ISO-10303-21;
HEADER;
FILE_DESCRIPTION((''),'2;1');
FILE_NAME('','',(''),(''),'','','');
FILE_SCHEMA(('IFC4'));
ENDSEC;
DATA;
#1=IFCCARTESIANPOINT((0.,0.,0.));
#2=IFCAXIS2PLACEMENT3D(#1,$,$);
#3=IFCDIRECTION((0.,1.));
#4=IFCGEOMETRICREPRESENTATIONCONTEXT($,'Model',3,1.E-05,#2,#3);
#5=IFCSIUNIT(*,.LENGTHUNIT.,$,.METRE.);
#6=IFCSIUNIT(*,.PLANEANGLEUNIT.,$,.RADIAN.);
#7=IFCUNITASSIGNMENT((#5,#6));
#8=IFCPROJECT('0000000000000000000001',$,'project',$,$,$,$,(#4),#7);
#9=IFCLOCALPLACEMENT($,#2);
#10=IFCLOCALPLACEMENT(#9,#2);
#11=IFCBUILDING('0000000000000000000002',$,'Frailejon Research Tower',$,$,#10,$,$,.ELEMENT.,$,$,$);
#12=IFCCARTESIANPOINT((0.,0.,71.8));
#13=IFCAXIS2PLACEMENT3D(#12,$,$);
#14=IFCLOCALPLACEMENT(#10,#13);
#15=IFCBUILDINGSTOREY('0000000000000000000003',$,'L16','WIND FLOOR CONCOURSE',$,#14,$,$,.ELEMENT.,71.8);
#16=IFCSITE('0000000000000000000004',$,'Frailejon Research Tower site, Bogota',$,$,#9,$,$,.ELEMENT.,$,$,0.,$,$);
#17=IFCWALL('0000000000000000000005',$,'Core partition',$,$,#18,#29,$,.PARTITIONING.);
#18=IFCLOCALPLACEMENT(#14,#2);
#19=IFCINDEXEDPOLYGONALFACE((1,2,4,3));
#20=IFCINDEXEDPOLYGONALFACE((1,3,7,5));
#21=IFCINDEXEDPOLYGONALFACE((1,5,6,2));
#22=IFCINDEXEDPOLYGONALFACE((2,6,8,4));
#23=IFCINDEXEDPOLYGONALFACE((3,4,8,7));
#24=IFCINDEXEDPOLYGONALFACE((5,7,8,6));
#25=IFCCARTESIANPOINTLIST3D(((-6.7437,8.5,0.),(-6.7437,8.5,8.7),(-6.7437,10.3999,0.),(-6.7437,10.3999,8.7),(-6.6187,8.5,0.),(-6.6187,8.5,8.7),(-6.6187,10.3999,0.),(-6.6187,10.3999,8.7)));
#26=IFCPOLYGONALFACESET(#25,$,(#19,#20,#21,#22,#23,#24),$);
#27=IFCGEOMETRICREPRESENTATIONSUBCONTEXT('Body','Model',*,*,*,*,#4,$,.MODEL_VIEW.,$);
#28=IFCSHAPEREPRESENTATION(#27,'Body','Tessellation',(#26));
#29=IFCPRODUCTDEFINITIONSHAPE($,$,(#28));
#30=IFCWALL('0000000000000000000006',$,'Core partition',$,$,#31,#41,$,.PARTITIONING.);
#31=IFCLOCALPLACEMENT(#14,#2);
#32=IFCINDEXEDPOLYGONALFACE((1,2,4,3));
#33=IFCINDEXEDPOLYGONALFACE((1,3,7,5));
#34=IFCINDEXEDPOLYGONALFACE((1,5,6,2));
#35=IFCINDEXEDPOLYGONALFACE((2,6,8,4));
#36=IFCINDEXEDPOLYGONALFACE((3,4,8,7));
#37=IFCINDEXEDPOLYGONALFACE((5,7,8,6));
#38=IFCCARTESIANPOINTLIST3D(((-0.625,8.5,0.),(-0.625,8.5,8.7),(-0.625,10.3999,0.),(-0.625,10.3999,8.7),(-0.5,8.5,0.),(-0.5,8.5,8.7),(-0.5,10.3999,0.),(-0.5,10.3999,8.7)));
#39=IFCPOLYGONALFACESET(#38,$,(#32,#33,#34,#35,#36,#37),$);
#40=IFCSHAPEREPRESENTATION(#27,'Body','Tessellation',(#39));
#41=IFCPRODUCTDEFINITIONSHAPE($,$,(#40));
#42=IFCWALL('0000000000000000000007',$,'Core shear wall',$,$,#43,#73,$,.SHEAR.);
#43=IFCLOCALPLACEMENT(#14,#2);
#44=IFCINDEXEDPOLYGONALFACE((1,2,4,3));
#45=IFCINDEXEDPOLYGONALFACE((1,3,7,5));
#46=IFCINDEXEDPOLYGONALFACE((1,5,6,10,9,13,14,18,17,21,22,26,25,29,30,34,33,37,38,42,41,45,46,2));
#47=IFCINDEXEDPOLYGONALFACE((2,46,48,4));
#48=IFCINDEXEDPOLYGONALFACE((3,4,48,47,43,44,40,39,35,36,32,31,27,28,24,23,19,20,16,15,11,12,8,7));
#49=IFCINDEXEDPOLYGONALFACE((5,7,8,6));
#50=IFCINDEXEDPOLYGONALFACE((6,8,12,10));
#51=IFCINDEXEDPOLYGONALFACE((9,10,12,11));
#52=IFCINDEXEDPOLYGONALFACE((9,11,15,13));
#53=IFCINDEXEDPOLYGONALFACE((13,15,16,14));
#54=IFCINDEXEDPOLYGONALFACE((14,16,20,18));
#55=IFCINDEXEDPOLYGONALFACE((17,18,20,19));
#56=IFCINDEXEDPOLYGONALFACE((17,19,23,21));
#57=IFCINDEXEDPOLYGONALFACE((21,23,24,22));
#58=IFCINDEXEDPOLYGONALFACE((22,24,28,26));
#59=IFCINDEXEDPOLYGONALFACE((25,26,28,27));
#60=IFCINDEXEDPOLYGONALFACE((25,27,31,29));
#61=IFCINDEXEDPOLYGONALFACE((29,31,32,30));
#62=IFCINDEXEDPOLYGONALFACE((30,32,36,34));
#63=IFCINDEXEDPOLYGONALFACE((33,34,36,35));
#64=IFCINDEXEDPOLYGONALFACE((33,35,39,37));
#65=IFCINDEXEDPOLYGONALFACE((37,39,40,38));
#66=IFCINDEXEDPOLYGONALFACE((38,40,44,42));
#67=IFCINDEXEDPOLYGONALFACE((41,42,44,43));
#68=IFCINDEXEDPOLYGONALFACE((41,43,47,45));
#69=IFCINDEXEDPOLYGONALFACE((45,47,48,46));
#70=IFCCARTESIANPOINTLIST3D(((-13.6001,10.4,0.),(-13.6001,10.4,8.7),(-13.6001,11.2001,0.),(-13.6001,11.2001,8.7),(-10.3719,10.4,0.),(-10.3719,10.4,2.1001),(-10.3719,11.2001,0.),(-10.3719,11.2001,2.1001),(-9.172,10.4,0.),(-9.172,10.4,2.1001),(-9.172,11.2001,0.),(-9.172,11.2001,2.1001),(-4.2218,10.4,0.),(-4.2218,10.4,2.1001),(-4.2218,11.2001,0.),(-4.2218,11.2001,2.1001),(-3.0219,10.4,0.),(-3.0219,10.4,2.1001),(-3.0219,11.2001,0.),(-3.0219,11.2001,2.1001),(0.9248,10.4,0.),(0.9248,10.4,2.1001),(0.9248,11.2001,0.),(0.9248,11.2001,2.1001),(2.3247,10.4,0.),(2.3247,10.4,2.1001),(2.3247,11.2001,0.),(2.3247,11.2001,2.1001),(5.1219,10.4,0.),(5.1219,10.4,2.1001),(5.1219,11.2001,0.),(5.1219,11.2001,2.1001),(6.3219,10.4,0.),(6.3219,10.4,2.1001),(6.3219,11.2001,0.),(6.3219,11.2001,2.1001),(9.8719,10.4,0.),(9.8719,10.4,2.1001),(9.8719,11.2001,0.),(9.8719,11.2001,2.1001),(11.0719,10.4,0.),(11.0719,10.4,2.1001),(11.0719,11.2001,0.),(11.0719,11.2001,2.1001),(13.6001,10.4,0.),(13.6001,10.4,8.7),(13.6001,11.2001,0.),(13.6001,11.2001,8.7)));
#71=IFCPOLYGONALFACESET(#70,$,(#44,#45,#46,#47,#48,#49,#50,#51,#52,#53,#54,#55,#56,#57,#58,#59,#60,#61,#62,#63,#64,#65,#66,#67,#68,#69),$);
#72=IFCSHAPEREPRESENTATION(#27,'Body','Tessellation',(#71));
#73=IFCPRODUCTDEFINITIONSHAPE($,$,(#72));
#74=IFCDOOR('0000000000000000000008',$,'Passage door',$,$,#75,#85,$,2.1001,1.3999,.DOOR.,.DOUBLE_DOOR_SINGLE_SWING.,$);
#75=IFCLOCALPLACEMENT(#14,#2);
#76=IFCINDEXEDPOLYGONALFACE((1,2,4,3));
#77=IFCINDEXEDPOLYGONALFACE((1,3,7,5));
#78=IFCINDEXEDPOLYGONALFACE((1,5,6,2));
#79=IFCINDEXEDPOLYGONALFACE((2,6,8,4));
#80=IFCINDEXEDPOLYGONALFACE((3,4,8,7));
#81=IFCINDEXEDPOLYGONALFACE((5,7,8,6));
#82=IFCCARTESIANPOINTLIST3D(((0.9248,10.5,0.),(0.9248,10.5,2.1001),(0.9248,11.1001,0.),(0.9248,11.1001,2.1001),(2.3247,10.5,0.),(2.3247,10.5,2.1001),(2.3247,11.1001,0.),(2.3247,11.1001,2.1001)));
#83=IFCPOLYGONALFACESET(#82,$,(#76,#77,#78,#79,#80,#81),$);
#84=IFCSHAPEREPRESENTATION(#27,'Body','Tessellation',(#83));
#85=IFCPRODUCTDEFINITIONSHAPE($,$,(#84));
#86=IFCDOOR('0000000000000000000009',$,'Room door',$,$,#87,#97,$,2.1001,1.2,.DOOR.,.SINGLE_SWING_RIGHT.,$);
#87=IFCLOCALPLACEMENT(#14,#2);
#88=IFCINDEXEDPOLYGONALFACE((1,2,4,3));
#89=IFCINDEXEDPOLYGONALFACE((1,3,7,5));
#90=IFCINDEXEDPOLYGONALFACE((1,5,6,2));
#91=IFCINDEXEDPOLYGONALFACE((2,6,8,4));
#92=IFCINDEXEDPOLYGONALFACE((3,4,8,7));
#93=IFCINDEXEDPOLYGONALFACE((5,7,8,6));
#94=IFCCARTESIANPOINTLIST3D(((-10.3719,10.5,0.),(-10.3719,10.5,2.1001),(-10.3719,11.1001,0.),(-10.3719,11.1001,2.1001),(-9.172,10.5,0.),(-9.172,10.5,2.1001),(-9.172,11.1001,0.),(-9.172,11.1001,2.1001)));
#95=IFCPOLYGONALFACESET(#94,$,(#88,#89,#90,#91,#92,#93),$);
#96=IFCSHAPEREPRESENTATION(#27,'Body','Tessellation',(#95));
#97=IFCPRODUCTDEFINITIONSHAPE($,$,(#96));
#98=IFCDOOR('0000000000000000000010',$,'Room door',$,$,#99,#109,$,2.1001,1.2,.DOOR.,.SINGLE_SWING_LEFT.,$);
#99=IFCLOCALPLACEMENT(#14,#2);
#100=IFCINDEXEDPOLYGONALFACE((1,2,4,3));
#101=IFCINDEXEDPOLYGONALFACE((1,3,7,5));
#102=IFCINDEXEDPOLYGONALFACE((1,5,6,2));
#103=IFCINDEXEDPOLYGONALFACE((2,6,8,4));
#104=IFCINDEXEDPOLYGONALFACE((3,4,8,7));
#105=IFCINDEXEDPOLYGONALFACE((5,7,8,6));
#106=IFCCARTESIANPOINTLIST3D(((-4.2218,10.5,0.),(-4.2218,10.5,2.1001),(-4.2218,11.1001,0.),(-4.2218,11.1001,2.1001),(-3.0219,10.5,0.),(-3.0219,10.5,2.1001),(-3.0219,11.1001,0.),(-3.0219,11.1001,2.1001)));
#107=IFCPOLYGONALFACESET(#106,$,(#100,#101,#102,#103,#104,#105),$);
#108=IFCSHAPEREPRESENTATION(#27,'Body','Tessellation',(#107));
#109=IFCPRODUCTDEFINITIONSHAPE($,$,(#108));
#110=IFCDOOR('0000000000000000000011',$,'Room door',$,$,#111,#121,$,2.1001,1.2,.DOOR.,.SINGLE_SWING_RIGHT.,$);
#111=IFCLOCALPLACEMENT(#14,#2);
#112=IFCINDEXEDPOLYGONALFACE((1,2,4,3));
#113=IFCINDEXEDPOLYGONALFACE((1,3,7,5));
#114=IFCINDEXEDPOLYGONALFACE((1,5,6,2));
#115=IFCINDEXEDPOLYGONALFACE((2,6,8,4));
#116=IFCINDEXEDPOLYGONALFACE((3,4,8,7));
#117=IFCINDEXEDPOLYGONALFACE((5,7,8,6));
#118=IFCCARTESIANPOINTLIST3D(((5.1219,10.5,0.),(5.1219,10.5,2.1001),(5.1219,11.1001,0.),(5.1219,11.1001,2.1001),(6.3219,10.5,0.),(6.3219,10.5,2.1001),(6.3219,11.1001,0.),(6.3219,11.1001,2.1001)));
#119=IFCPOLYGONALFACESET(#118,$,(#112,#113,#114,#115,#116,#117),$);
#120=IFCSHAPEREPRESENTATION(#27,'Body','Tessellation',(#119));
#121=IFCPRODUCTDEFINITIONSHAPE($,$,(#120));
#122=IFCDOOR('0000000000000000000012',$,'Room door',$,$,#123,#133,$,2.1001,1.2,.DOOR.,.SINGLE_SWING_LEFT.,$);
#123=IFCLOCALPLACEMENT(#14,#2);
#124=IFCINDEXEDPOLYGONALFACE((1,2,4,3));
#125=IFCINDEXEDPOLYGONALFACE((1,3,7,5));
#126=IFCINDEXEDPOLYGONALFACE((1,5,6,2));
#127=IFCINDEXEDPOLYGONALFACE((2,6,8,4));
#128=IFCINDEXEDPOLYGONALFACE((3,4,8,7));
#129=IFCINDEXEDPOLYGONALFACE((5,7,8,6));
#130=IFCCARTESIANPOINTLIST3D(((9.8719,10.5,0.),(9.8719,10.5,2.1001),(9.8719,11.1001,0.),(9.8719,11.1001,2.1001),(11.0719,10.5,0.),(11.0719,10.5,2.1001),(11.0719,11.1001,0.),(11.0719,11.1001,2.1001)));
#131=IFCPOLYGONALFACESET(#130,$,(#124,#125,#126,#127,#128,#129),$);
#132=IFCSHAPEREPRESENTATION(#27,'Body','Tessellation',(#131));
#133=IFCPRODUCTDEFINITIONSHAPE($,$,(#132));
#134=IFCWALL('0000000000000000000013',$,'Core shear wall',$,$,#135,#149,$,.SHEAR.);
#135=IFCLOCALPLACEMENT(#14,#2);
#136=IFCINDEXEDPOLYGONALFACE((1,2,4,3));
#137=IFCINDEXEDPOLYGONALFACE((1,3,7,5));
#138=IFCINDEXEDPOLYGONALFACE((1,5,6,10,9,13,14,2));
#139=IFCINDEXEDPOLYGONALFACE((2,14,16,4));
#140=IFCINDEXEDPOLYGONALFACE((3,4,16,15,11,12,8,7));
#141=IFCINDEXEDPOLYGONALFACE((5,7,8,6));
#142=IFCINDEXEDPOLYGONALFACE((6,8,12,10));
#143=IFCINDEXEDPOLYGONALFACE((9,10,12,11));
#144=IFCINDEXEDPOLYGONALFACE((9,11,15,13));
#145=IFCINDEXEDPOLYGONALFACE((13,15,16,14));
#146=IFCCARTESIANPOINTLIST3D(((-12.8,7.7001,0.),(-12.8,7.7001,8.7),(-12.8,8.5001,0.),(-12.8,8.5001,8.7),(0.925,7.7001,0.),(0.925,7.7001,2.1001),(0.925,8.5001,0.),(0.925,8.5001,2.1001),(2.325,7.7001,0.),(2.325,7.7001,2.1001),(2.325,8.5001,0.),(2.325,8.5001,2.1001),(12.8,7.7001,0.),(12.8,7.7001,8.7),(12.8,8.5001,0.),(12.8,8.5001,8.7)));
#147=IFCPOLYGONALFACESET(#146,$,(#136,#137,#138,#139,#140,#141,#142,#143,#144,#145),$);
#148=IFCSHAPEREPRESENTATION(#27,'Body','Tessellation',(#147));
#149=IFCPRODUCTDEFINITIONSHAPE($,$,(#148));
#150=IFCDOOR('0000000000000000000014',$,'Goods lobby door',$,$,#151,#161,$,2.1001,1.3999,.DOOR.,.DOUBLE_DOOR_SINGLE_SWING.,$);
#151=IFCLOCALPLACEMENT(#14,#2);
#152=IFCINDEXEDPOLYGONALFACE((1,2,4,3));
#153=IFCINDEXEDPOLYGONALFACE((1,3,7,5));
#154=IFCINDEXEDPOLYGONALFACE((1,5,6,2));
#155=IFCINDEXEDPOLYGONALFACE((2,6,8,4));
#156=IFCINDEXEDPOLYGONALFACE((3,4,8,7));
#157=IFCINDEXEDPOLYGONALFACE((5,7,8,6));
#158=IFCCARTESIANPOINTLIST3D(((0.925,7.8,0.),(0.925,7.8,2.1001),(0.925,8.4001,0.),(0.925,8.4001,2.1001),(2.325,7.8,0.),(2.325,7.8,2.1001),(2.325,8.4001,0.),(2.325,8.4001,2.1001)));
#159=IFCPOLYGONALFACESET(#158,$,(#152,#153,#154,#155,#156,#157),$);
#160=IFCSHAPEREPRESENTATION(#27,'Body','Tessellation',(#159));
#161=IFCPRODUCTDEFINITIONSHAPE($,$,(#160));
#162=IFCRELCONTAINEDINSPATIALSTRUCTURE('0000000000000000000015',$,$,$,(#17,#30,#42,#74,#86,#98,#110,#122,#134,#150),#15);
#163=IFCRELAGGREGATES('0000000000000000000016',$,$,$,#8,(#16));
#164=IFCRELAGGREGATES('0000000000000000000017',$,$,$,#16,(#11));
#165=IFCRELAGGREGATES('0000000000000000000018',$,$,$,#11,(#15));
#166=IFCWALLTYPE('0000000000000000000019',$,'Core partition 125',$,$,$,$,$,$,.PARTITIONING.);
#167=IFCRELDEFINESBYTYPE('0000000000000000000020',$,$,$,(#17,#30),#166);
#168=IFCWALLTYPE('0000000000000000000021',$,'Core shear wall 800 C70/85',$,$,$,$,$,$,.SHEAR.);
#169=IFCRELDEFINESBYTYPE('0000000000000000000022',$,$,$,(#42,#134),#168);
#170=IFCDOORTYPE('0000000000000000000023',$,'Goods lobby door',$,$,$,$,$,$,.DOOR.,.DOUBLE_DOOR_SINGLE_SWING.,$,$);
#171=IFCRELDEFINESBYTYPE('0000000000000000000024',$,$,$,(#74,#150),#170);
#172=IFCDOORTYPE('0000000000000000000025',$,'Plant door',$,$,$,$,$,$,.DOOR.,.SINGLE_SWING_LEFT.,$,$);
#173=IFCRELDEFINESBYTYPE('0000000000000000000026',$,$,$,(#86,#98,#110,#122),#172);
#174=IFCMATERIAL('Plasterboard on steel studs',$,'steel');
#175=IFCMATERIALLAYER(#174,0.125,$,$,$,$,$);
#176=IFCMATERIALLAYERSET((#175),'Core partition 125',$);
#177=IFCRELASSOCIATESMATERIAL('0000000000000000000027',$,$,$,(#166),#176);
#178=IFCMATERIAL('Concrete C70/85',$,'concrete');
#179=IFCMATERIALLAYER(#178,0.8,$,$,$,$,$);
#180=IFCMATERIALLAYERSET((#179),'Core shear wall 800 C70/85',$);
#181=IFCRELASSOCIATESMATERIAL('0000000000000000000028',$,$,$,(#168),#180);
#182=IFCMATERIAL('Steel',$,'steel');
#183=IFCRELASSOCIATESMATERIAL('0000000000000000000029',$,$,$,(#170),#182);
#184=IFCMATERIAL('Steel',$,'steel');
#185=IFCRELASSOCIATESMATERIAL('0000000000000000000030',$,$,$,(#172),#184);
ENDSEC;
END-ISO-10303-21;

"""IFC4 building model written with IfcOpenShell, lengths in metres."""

from ifc_helpers import new_model, si_unit, direction, frame, frame_2d, origin, place, context, subcontext, project, spatial, rectangle, extrude, material, layer, layer_set, type_object, element, fill, save


model = new_model("IFC4")

# Units and contexts
model_context = context("Model", 3, precision=1e-05, world=origin(), true_north=direction((0.0, 1.0)))
body_context = subcontext(model_context, "Body", "Model", "MODEL_VIEW")
ifc_project = project(units=[si_unit("LENGTHUNIT", "METRE"), si_unit("PLANEANGLEUNIT", "RADIAN")], contexts=[model_context])

# Site, building, storey
site_placement = place(None, origin())
site = spatial("IfcSite", under=ifc_project, at=site_placement, Name="Frailejon Research Tower site, Bogota", CompositionType="ELEMENT", RefElevation=0.0)
building_placement = place(site_placement, origin())
building = spatial("IfcBuilding", under=site, at=building_placement, Name="Frailejon Research Tower", CompositionType="ELEMENT")
storey_placement = place(building_placement, frame((0.0, 0.0, 71.8)))
storey = spatial("IfcBuildingStorey", under=building, at=storey_placement, Name="L16", Description="WIND FLOOR CONCOURSE", CompositionType="ELEMENT", Elevation=71.8)

# Walls
ifc_material_1 = material(Name="Plasterboard on steel studs", Category="steel")
ifc_layer_1 = layer(ifc_material_1, 0.125)
ifc_layer_set_1 = layer_set([ifc_layer_1], Name="Core partition 125")
wall_type_1 = type_object("IfcWallType", Name="Core partition 125", PredefinedType="PARTITIONING", material=ifc_layer_set_1)
for number, where, z_axis, x_axis, name in (
    (1, (-6.6812, 8.5, 0.0), (0.0, 0.0, 1.0), (0.0, 1.0, 0.0), "Core partition"),
    (2, (-0.5625, 8.5, 0.0), (0.0, 0.0, 1.0), (0.0, 1.0, 0.0), "Core partition"),
):
    element("IfcWall", number, at=place(storey_placement, frame(where, z_axis=z_axis, x_axis=x_axis)), inside=storey, type_object=wall_type_1, Name=name, PredefinedType="PARTITIONING", context=body_context, shape_type="SweptSolid", body=[
        extrude(rectangle(XDim=1.8999, YDim=0.125, at=frame_2d((0.95, 0.0))), origin(), (0.0, 0.0, 1.0), 8.7),
    ])

# Wall, openings, doors
ifc_material_2 = material(Name="Concrete C70/85", Category="concrete")
ifc_layer_2 = layer(ifc_material_2, 0.8)
ifc_layer_set_2 = layer_set([ifc_layer_2], Name="Core shear wall 800 C70/85")
wall_type_2 = type_object("IfcWallType", Name="Core shear wall 800 C70/85", PredefinedType="SHEAR", material=ifc_layer_set_2)
wall_1_placement = place(storey_placement, frame((-13.6001, 10.8, 0.0), z_axis=(0.0, 0.0, 1.0), x_axis=(1.0, 0.0, 0.0)))
wall_1 = element("IfcWall", 3, at=wall_1_placement, inside=storey, type_object=wall_type_2, Name="Core shear wall", PredefinedType="SHEAR", context=body_context, shape_type="SweptSolid", body=[
    extrude(rectangle(XDim=27.2002, YDim=0.8, at=frame_2d((13.6001, 0.0))), origin(), (0.0, 0.0, 1.0), 8.7),
])
opening_1_placement = place(wall_1_placement, frame((3.228, 0.0, 0.0)))
opening_1 = element("IfcOpeningElement", 4, at=opening_1_placement, cuts=wall_1, PredefinedType="OPENING", context=body_context, shape_type="SweptSolid", body=[
    extrude(rectangle(XDim=1.2, YDim=2.1001, at=frame_2d((0.6001, 1.05))), frame((0.0, 0.4099, 0.0), z_axis=(0.0, -1.0, 0.0), x_axis=(1.0, 0.0, 0.0)), (0.0, 0.0, 1.0), 0.8201),
])
opening_2_placement = place(wall_1_placement, frame((9.3782, 0.0, 0.0)))
opening_2 = element("IfcOpeningElement", 5, at=opening_2_placement, cuts=wall_1, PredefinedType="OPENING", context=body_context, shape_type="SweptSolid", body=[
    extrude(rectangle(XDim=1.2, YDim=2.1001, at=frame_2d((0.6001, 1.05))), frame((0.0, 0.4099, 0.0), z_axis=(0.0, -1.0, 0.0), x_axis=(1.0, 0.0, 0.0)), (0.0, 0.0, 1.0), 0.8201),
])
opening_3_placement = place(wall_1_placement, frame((18.7219, 0.0, 0.0)))
opening_3 = element("IfcOpeningElement", 6, at=opening_3_placement, cuts=wall_1, PredefinedType="OPENING", context=body_context, shape_type="SweptSolid", body=[
    extrude(rectangle(XDim=1.2, YDim=2.1001, at=frame_2d((0.6001, 1.05))), frame((0.0, 0.4099, 0.0), z_axis=(0.0, -1.0, 0.0), x_axis=(1.0, 0.0, 0.0)), (0.0, 0.0, 1.0), 0.8201),
])
opening_4_placement = place(wall_1_placement, frame((23.4719, 0.0, 0.0)))
opening_4 = element("IfcOpeningElement", 7, at=opening_4_placement, cuts=wall_1, PredefinedType="OPENING", context=body_context, shape_type="SweptSolid", body=[
    extrude(rectangle(XDim=1.2, YDim=2.1001, at=frame_2d((0.6001, 1.05))), frame((0.0, 0.4099, 0.0), z_axis=(0.0, -1.0, 0.0), x_axis=(1.0, 0.0, 0.0)), (0.0, 0.0, 1.0), 0.8201),
])
opening_5_placement = place(wall_1_placement, frame((14.5249, 0.0, 0.0)))
opening_5 = element("IfcOpeningElement", 8, at=opening_5_placement, cuts=wall_1, PredefinedType="OPENING", context=body_context, shape_type="SweptSolid", body=[
    extrude(rectangle(XDim=1.3999, YDim=2.1001, at=frame_2d((0.7, 1.05))), frame((0.0, 0.4099, 0.0), z_axis=(0.0, -1.0, 0.0), x_axis=(1.0, 0.0, 0.0)), (0.0, 0.0, 1.0), 0.8201),
])
ifc_material_3 = material(Name="Steel", Category="steel")
door_type_1 = type_object("IfcDoorType", Name="Goods lobby door", OperationType="DOUBLE_DOOR_SINGLE_SWING", PredefinedType="DOOR", material=ifc_material_3)
door_1_placement = place(opening_5_placement, origin())
door_1 = element("IfcDoor", 9, at=door_1_placement, inside=storey, type_object=door_type_1, Name="Passage door", OperationType="DOUBLE_DOOR_SINGLE_SWING", OverallHeight=2.1001, OverallWidth=1.3999, PredefinedType="DOOR", context=body_context, shape_type="SweptSolid", body=[
    extrude(rectangle(XDim=1.3999, YDim=2.1001, at=frame_2d((0.7, 1.05))), frame((0.0, 0.3, 0.0), z_axis=(0.0, -1.0, 0.0), x_axis=(1.0, 0.0, 0.0)), (0.0, 0.0, 1.0), 0.6001),
])
fill(opening_5, door_1)
ifc_material_4 = material(Name="Steel", Category="steel")
door_type_2 = type_object("IfcDoorType", Name="Plant door", OperationType="SINGLE_SWING_LEFT", PredefinedType="DOOR", material=ifc_material_4)
door_2_placement = place(opening_1_placement, origin())
door_2 = element("IfcDoor", 10, at=door_2_placement, inside=storey, type_object=door_type_2, Name="Room door", OperationType="SINGLE_SWING_RIGHT", OverallHeight=2.1001, OverallWidth=1.2, PredefinedType="DOOR", context=body_context, shape_type="SweptSolid", body=[
    extrude(rectangle(XDim=1.2, YDim=2.1001, at=frame_2d((0.6001, 1.05))), frame((0.0, 0.3, 0.0), z_axis=(0.0, -1.0, 0.0), x_axis=(1.0, 0.0, 0.0)), (0.0, 0.0, 1.0), 0.6001),
])
fill(opening_1, door_2)
door_3_placement = place(opening_2_placement, origin())
door_3 = element("IfcDoor", 11, at=door_3_placement, inside=storey, type_object=door_type_2, Name="Room door", OperationType="SINGLE_SWING_LEFT", OverallHeight=2.1001, OverallWidth=1.2, PredefinedType="DOOR", context=body_context, shape_type="SweptSolid", body=[
    extrude(rectangle(XDim=1.2, YDim=2.1001, at=frame_2d((0.6001, 1.05))), frame((0.0, 0.3, 0.0), z_axis=(0.0, -1.0, 0.0), x_axis=(1.0, 0.0, 0.0)), (0.0, 0.0, 1.0), 0.6001),
])
fill(opening_2, door_3)
door_4_placement = place(opening_3_placement, origin())
door_4 = element("IfcDoor", 12, at=door_4_placement, inside=storey, type_object=door_type_2, Name="Room door", OperationType="SINGLE_SWING_RIGHT", OverallHeight=2.1001, OverallWidth=1.2, PredefinedType="DOOR", context=body_context, shape_type="SweptSolid", body=[
    extrude(rectangle(XDim=1.2, YDim=2.1001, at=frame_2d((0.6001, 1.05))), frame((0.0, 0.3, 0.0), z_axis=(0.0, -1.0, 0.0), x_axis=(1.0, 0.0, 0.0)), (0.0, 0.0, 1.0), 0.6001),
])
fill(opening_3, door_4)
door_5_placement = place(opening_4_placement, origin())
door_5 = element("IfcDoor", 13, at=door_5_placement, inside=storey, type_object=door_type_2, Name="Room door", OperationType="SINGLE_SWING_LEFT", OverallHeight=2.1001, OverallWidth=1.2, PredefinedType="DOOR", context=body_context, shape_type="SweptSolid", body=[
    extrude(rectangle(XDim=1.2, YDim=2.1001, at=frame_2d((0.6001, 1.05))), frame((0.0, 0.3, 0.0), z_axis=(0.0, -1.0, 0.0), x_axis=(1.0, 0.0, 0.0)), (0.0, 0.0, 1.0), 0.6001),
])
fill(opening_4, door_5)

# Wall, opening, door
wall_2_placement = place(storey_placement, frame((-12.8, 8.1001, 0.0), z_axis=(0.0, 0.0, 1.0), x_axis=(1.0, 0.0, 0.0)))
wall_2 = element("IfcWall", 14, at=wall_2_placement, inside=storey, type_object=wall_type_2, Name="Core shear wall", PredefinedType="SHEAR", context=body_context, shape_type="SweptSolid", body=[
    extrude(rectangle(XDim=25.6001, YDim=0.8, at=frame_2d((12.8, 0.0))), origin(), (0.0, 0.0, 1.0), 8.7),
])
opening_6_placement = place(wall_2_placement, frame((13.7251, 0.0, 0.0)))
opening_6 = element("IfcOpeningElement", 15, at=opening_6_placement, cuts=wall_2, PredefinedType="OPENING", context=body_context, shape_type="SweptSolid", body=[
    extrude(rectangle(XDim=1.3999, YDim=2.1001, at=frame_2d((0.7, 1.05))), frame((0.0, 0.4099, 0.0), z_axis=(0.0, -1.0, 0.0), x_axis=(1.0, 0.0, 0.0)), (0.0, 0.0, 1.0), 0.8201),
])
door_6_placement = place(opening_6_placement, origin())
door_6 = element("IfcDoor", 16, at=door_6_placement, inside=storey, type_object=door_type_1, Name="Goods lobby door", OperationType="DOUBLE_DOOR_SINGLE_SWING", OverallHeight=2.1001, OverallWidth=1.3999, PredefinedType="DOOR", context=body_context, shape_type="SweptSolid", body=[
    extrude(rectangle(XDim=1.3999, YDim=2.1001, at=frame_2d((0.7, 1.05))), frame((0.0, 0.3, 0.0), z_axis=(0.0, -1.0, 0.0), x_axis=(1.0, 0.0, 0.0)), (0.0, 0.0, 1.0), 0.6001),
])
fill(opening_6, door_6)

save(model, "model.ifc")
